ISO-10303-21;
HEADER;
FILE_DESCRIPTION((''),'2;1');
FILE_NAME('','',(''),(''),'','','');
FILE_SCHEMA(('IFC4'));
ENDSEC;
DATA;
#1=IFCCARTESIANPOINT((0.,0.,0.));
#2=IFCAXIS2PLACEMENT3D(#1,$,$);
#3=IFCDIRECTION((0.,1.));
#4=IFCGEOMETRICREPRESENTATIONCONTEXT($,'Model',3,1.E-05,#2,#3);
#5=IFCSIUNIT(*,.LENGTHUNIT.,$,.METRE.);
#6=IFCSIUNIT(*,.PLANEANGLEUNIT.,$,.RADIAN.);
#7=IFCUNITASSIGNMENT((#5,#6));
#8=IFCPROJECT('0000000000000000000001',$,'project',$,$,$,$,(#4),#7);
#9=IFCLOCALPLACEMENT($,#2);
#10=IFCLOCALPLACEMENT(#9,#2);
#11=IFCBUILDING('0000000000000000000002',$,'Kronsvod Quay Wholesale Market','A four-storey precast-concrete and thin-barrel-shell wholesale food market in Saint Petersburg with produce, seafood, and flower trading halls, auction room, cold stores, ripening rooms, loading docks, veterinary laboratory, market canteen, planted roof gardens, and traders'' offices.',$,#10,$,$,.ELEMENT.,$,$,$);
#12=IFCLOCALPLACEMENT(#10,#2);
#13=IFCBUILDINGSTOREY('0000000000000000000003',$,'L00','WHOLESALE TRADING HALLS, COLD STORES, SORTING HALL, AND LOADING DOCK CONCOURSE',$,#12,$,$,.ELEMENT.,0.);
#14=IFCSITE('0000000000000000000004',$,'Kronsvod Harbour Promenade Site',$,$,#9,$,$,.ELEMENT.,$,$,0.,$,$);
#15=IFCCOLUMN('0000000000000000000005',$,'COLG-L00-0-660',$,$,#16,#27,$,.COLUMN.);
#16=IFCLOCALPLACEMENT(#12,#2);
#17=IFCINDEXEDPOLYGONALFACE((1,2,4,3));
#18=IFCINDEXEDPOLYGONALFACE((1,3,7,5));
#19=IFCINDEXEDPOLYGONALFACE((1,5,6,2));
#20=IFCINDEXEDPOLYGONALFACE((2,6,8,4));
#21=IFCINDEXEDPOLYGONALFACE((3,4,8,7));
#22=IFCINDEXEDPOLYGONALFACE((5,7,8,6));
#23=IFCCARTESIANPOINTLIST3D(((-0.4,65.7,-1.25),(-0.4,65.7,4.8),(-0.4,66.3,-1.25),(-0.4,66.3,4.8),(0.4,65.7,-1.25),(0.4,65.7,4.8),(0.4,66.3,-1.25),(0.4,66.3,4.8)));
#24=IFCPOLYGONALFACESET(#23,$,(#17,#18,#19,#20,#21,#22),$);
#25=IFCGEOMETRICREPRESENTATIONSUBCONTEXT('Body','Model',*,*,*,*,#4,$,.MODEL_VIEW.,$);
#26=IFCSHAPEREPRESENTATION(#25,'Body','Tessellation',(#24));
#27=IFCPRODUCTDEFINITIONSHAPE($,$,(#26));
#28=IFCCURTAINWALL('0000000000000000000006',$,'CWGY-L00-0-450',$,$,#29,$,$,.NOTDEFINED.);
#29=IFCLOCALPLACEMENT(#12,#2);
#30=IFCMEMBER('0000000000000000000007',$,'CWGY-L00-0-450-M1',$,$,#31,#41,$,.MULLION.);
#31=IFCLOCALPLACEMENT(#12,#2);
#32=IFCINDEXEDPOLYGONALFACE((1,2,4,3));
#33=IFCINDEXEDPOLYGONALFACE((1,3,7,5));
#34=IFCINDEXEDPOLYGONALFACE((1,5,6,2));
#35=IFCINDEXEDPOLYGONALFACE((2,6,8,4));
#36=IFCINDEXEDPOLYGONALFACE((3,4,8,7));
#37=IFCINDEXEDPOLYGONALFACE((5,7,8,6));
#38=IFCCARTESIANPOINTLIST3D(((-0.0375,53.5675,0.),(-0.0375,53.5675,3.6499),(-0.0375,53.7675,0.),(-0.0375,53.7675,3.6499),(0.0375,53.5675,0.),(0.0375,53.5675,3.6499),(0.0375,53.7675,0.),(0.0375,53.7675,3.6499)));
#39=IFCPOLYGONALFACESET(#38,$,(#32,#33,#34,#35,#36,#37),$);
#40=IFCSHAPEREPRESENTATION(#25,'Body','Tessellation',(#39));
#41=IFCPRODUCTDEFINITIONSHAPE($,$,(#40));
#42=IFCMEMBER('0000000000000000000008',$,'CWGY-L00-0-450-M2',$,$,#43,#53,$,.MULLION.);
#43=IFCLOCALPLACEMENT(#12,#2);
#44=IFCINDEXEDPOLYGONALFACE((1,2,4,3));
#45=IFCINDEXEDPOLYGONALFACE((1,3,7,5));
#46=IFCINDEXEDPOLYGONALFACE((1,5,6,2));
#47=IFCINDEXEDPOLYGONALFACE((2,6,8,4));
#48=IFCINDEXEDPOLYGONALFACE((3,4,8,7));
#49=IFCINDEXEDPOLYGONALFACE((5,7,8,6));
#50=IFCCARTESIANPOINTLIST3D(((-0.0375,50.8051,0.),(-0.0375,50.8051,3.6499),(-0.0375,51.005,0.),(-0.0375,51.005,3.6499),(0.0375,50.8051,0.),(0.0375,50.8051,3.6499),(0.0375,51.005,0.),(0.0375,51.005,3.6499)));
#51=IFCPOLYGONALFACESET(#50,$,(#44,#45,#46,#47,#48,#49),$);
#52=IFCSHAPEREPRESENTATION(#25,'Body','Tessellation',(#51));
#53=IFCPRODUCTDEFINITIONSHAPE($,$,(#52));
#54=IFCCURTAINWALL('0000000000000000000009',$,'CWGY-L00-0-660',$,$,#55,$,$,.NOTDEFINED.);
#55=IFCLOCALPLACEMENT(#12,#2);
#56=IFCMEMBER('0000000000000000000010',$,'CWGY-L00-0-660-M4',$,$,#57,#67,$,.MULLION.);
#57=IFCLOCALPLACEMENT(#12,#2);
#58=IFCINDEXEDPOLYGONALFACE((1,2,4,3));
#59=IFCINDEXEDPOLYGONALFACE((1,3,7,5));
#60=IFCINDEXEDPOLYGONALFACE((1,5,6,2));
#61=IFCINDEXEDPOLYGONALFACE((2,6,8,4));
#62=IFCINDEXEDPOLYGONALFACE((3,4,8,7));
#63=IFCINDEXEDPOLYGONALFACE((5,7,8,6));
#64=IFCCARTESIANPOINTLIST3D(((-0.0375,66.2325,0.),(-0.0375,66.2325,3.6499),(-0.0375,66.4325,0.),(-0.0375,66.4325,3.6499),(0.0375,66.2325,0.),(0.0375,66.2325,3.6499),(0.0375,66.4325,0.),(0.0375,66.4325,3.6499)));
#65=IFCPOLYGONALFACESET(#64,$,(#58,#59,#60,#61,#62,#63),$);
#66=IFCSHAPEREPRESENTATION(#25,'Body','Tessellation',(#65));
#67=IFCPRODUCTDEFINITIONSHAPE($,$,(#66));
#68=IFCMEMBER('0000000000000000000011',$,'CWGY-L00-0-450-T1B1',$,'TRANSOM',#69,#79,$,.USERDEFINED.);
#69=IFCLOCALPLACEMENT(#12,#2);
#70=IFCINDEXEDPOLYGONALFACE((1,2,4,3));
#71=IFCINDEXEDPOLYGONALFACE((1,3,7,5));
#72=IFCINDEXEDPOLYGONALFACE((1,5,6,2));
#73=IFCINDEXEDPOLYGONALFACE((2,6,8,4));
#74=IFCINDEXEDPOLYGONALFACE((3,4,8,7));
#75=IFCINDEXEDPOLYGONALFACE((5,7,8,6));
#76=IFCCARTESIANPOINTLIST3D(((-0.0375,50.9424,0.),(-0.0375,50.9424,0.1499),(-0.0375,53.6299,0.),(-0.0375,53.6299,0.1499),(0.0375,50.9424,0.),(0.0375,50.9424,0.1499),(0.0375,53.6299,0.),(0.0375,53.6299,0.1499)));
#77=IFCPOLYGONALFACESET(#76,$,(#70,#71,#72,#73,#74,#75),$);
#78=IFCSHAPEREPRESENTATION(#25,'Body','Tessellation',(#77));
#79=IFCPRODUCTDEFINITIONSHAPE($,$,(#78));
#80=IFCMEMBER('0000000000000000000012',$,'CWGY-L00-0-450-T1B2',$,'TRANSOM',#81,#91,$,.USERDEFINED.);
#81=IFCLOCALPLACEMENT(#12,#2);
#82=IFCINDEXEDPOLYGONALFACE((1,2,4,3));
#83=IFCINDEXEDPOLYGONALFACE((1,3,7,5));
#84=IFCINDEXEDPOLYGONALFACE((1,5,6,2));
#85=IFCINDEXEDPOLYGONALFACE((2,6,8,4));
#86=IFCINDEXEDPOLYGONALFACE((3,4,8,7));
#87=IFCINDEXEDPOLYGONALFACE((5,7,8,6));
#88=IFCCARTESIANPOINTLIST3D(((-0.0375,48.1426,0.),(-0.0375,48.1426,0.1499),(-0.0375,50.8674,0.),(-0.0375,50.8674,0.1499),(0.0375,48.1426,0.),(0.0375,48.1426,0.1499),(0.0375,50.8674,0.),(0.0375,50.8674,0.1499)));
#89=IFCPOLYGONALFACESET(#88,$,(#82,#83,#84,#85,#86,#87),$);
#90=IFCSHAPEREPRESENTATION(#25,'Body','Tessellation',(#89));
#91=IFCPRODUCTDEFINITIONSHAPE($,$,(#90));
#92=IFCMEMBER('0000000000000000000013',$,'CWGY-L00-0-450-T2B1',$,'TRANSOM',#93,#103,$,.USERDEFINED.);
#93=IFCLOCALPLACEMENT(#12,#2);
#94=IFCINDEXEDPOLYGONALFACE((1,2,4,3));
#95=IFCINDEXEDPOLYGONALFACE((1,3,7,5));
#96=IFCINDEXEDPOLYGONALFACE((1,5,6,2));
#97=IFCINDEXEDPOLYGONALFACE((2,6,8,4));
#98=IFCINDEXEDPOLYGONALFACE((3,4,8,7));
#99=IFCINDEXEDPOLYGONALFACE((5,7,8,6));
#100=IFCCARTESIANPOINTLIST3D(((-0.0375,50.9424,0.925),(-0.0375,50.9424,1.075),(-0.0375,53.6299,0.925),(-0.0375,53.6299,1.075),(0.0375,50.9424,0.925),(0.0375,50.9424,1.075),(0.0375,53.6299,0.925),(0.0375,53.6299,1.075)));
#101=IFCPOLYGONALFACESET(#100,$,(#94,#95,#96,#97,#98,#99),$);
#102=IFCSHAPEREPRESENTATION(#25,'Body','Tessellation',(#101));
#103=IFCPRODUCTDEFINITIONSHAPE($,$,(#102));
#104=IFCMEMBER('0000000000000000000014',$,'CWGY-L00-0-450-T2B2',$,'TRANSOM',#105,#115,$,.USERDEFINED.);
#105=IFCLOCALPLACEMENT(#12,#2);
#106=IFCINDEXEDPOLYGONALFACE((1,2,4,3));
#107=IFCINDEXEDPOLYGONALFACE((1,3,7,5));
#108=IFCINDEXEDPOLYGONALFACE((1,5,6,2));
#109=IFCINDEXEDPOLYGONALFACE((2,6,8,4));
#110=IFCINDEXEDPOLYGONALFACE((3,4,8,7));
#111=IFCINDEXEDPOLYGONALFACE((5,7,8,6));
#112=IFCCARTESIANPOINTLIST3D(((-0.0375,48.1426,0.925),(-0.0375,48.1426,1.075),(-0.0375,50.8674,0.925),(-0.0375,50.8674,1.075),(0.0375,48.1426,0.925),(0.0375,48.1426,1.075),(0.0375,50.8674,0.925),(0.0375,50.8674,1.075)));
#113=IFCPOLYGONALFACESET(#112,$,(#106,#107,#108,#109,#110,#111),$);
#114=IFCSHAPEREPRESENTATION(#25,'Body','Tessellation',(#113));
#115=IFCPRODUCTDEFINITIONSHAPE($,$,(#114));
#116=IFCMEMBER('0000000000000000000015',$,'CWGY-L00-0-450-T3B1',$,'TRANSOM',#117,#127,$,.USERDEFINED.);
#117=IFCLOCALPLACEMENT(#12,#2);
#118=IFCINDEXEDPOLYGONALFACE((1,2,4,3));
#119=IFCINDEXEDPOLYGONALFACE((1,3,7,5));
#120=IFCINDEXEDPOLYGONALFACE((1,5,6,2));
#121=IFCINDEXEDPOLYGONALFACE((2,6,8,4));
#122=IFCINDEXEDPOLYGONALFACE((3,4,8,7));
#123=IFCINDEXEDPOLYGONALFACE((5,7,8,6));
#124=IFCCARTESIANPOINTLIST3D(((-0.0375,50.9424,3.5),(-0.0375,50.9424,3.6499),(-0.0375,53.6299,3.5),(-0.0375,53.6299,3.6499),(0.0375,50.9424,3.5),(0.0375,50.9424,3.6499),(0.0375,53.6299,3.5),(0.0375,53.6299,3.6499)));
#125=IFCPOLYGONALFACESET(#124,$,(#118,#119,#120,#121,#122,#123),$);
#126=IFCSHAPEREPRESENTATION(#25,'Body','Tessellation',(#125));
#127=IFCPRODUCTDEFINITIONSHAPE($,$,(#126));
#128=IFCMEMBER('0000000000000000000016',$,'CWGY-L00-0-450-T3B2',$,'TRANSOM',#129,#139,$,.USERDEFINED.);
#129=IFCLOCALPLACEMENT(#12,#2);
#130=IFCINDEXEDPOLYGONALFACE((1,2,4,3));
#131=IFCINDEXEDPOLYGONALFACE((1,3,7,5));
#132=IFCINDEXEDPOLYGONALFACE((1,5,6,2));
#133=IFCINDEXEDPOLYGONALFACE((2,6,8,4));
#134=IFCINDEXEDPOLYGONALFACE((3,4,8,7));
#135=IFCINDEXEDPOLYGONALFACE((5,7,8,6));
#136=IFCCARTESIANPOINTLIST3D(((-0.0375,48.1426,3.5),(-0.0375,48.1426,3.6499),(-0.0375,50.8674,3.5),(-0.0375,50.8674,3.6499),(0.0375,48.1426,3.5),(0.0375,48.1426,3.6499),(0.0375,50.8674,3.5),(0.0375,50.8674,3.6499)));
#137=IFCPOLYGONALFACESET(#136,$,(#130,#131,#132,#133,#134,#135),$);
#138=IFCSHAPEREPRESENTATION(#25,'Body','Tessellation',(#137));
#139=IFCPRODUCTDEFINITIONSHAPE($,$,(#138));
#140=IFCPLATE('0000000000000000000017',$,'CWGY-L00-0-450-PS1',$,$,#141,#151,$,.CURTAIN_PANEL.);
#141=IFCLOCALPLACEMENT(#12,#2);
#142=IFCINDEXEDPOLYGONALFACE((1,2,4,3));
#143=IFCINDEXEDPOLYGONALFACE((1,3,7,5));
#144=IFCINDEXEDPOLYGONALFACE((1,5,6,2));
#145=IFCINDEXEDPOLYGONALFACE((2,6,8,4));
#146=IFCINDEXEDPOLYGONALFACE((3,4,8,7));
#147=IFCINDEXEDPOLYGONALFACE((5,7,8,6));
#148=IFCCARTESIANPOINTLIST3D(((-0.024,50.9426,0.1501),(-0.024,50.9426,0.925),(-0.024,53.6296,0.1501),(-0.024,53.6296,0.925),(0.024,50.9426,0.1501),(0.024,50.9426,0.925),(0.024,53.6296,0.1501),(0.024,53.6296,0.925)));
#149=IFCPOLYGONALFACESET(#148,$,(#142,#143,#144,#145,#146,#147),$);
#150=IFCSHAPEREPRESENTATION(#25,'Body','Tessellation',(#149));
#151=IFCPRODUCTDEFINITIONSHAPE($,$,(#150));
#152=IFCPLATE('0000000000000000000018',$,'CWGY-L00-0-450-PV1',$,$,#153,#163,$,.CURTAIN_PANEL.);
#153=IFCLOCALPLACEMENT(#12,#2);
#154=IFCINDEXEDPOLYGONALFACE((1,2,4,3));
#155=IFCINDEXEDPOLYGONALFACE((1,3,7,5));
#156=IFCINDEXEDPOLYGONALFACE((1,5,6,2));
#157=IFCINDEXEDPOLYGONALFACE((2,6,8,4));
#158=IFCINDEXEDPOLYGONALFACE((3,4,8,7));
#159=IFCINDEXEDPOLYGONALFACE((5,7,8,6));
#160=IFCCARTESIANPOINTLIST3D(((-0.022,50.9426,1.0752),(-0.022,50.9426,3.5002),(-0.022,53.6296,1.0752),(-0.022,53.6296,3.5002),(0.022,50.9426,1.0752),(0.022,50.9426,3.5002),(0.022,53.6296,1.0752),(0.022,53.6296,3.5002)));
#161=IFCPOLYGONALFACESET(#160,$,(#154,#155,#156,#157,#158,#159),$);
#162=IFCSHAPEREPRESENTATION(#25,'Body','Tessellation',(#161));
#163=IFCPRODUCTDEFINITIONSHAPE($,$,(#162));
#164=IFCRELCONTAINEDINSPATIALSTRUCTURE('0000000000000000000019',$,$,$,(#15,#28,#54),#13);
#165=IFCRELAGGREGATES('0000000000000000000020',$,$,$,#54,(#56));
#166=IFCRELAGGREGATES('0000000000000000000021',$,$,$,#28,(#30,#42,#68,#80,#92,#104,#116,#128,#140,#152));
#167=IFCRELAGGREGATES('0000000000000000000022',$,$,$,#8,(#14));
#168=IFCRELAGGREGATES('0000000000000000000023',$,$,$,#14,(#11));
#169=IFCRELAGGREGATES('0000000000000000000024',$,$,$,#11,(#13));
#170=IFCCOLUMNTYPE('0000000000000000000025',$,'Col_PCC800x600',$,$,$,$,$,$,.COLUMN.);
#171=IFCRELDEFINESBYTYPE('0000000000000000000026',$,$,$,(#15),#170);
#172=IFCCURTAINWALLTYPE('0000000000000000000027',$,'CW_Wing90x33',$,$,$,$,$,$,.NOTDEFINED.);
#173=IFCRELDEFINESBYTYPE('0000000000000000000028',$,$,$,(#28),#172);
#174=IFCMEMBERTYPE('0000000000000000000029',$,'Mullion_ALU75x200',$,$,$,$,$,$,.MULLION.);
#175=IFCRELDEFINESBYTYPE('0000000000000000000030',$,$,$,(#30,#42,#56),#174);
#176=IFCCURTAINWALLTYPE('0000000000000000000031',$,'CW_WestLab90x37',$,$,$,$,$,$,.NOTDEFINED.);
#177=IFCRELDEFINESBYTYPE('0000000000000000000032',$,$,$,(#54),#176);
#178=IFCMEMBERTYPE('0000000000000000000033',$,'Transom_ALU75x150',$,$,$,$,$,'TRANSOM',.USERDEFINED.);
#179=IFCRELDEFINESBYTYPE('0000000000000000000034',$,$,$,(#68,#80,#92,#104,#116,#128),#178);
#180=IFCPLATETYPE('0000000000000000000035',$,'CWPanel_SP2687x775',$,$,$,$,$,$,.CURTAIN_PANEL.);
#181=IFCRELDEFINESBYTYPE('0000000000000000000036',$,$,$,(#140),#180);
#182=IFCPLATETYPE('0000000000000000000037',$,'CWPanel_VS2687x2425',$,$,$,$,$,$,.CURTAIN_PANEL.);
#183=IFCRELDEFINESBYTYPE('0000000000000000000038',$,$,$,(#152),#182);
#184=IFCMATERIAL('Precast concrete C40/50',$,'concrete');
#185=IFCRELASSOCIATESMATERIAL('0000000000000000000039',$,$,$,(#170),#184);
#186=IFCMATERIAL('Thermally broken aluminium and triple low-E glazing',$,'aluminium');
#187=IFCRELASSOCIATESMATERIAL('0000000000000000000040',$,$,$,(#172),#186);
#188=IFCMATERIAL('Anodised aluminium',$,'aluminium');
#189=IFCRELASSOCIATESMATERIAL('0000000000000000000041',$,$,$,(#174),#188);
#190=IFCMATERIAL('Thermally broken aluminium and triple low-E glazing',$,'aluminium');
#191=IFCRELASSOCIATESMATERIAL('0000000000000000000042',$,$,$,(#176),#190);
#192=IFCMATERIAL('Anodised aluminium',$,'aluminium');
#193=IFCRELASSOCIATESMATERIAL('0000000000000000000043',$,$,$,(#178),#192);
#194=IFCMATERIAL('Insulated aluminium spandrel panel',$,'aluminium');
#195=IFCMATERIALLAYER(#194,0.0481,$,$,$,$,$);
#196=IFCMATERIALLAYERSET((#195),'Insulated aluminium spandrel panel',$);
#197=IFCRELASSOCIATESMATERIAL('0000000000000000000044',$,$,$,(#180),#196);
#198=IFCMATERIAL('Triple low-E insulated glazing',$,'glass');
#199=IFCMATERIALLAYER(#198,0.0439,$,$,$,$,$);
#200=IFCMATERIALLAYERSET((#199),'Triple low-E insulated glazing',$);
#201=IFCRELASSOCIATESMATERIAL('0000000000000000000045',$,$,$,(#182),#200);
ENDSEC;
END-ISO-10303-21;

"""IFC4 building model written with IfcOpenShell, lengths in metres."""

from ifc_helpers import new_model, si_unit, direction, frame, origin, origin_2d, place, context, subcontext, project, spatial, rectangle, extrude, material, layer, layer_set, material_profile, profile_set, type_object, element, aggregate, save


model = new_model("IFC4")

# Units and contexts
model_context = context("Model", 3, precision=1e-05, world=origin(), true_north=direction((0.0, 1.0)))
body_context = subcontext(model_context, "Body", "Model", "MODEL_VIEW")
ifc_project = project(units=[si_unit("LENGTHUNIT", "METRE"), si_unit("PLANEANGLEUNIT", "RADIAN")], contexts=[model_context])

# Site, building, storey
site_placement = place(None, origin())
site = spatial("IfcSite", under=ifc_project, at=site_placement, Name="Kronsvod Harbour Promenade Site", CompositionType="ELEMENT", RefElevation=0.0)
building_placement = place(site_placement, origin())
building = spatial("IfcBuilding", under=site, at=building_placement, Name="Kronsvod Quay Wholesale Market", Description="A four-storey precast-concrete and thin-barrel-shell wholesale food market in Saint Petersburg with produce, seafood, and flower trading halls, auction room, cold stores, ripening rooms, loading docks, veterinary laboratory, market canteen, planted roof gardens, and traders' offices.", CompositionType="ELEMENT")
storey_placement = place(building_placement, origin())
storey = spatial("IfcBuildingStorey", under=building, at=storey_placement, Name="L00", Description="WHOLESALE TRADING HALLS, COLD STORES, SORTING HALL, AND LOADING DOCK CONCOURSE", CompositionType="ELEMENT", Elevation=0.0)

# Column
ifc_material_1 = material(Name="Precast concrete C40/50", Category="concrete")
ifc_material_profile_1 = material_profile(ifc_material_1, rectangle(XDim=0.8, YDim=0.6001, at=origin_2d()), Name="PCC800x600")
ifc_profile_set_1 = profile_set([ifc_material_profile_1], Name="Precast concrete C40/50")
column_type = type_object("IfcColumnType", Name="Col_PCC800x600", PredefinedType="COLUMN", material=ifc_profile_set_1)
for number, where, z_axis, x_axis, name in (
    (1, (0.0, 66.0, -1.25), (0.0, 0.0, 1.0), (1.0, 0.0, 0.0), "COLG-L00-0-660"),
):
    element("IfcColumn", number, at=place(storey_placement, frame(where, z_axis=z_axis, x_axis=x_axis)), inside=storey, type_object=column_type, Name=name, PredefinedType="COLUMN", context=body_context, shape_type="SweptSolid", body=[
        extrude(rectangle(XDim=0.8, YDim=0.6001, at=origin_2d()), origin(), (0.0, 0.0, 1.0), 6.05),
    ])

# Curtain wall, members
ifc_material_2 = material(Name="Thermally broken aluminium and triple low-E glazing", Category="aluminium")
curtain_wall_type_1 = type_object("IfcCurtainWallType", Name="CW_Wing90x33", PredefinedType="NOTDEFINED", material=ifc_material_2)
curtain_wall_1_placement = place(storey_placement, origin())
curtain_wall_1 = element("IfcCurtainWall", 2, at=curtain_wall_1_placement, inside=storey, type_object=curtain_wall_type_1, Name="CWGY-L00-0-450", PredefinedType="NOTDEFINED")
ifc_material_3 = material(Name="Anodised aluminium", Category="aluminium")
ifc_material_profile_2 = material_profile(ifc_material_3, rectangle(XDim=0.075, YDim=0.2, at=origin_2d()), Name="ALUM75x200")
ifc_profile_set_2 = profile_set([ifc_material_profile_2], Name="Anodised aluminium")
member_type_1 = type_object("IfcMemberType", Name="Mullion_ALU75x200", PredefinedType="MULLION", material=ifc_profile_set_2)
member_1_placement = place(storey_placement, frame((0.0, 53.6675, 0.0), z_axis=(0.0, 0.0, 1.0), x_axis=(1.0, 0.0, 0.0)))
member_1 = element("IfcMember", 3, at=member_1_placement, type_object=member_type_1, Name="CWGY-L00-0-450-M1", PredefinedType="MULLION", context=body_context, shape_type="SweptSolid", body=[
    extrude(rectangle(XDim=0.075, YDim=0.2, at=origin_2d()), origin(), (0.0, 0.0, 1.0), 3.6499),
])
member_2_placement = place(storey_placement, frame((0.0, 50.905, 0.0), z_axis=(0.0, 0.0, 1.0), x_axis=(1.0, 0.0, 0.0)))
member_2 = element("IfcMember", 4, at=member_2_placement, type_object=member_type_1, Name="CWGY-L00-0-450-M2", PredefinedType="MULLION", context=body_context, shape_type="SweptSolid", body=[
    extrude(rectangle(XDim=0.075, YDim=0.2, at=origin_2d()), origin(), (0.0, 0.0, 1.0), 3.6499),
])

# Curtain wall, member
ifc_material_4 = material(Name="Thermally broken aluminium and triple low-E glazing", Category="aluminium")
curtain_wall_type_2 = type_object("IfcCurtainWallType", Name="CW_WestLab90x37", PredefinedType="NOTDEFINED", material=ifc_material_4)
curtain_wall_2_placement = place(storey_placement, origin())
curtain_wall_2 = element("IfcCurtainWall", 5, at=curtain_wall_2_placement, inside=storey, type_object=curtain_wall_type_2, Name="CWGY-L00-0-660", PredefinedType="NOTDEFINED")
member_3_placement = place(storey_placement, frame((0.0, 66.3325, 0.0), z_axis=(0.0, 0.0, 1.0), x_axis=(1.0, 0.0, 0.0)))
member_3 = element("IfcMember", 6, at=member_3_placement, type_object=member_type_1, Name="CWGY-L00-0-660-M4", PredefinedType="MULLION", context=body_context, shape_type="SweptSolid", body=[
    extrude(rectangle(XDim=0.075, YDim=0.2, at=origin_2d()), origin(), (0.0, 0.0, 1.0), 3.6499),
])
aggregate(curtain_wall_2, [member_3])

# Members
ifc_material_5 = material(Name="Anodised aluminium", Category="aluminium")
ifc_material_profile_3 = material_profile(ifc_material_5, rectangle(XDim=0.075, YDim=0.1499, at=origin_2d()), Name="ALUT75x150")
ifc_profile_set_3 = profile_set([ifc_material_profile_3], Name="Anodised aluminium")
member_type_2 = type_object("IfcMemberType", Name="Transom_ALU75x150", ElementType="TRANSOM", PredefinedType="USERDEFINED", material=ifc_profile_set_3)
member_4_placement = place(storey_placement, frame((0.0, 53.6299, 0.075), z_axis=(0.0, -1.0, 0.0), x_axis=(1.0, 0.0, 0.0)))
member_4 = element("IfcMember", 7, at=member_4_placement, type_object=member_type_2, Name="CWGY-L00-0-450-T1B1", ObjectType="TRANSOM", PredefinedType="USERDEFINED", context=body_context, shape_type="SweptSolid", body=[
    extrude(rectangle(XDim=0.075, YDim=0.1499, at=origin_2d()), origin(), (0.0, 0.0, 1.0), 2.6875),
])
member_5_placement = place(storey_placement, frame((0.0, 50.8674, 0.075), z_axis=(0.0, -1.0, 0.0), x_axis=(1.0, 0.0, 0.0)))
member_5 = element("IfcMember", 8, at=member_5_placement, type_object=member_type_2, Name="CWGY-L00-0-450-T1B2", ObjectType="TRANSOM", PredefinedType="USERDEFINED", context=body_context, shape_type="SweptSolid", body=[
    extrude(rectangle(XDim=0.075, YDim=0.1499, at=origin_2d()), origin(), (0.0, 0.0, 1.0), 2.7249),
])
member_6_placement = place(storey_placement, frame((0.0, 53.6299, 1.0), z_axis=(0.0, -1.0, 0.0), x_axis=(1.0, 0.0, 0.0)))
member_6 = element("IfcMember", 9, at=member_6_placement, type_object=member_type_2, Name="CWGY-L00-0-450-T2B1", ObjectType="TRANSOM", PredefinedType="USERDEFINED", context=body_context, shape_type="SweptSolid", body=[
    extrude(rectangle(XDim=0.075, YDim=0.1499, at=origin_2d()), origin(), (0.0, 0.0, 1.0), 2.6875),
])
member_7_placement = place(storey_placement, frame((0.0, 50.8674, 1.0), z_axis=(0.0, -1.0, 0.0), x_axis=(1.0, 0.0, 0.0)))
member_7 = element("IfcMember", 10, at=member_7_placement, type_object=member_type_2, Name="CWGY-L00-0-450-T2B2", ObjectType="TRANSOM", PredefinedType="USERDEFINED", context=body_context, shape_type="SweptSolid", body=[
    extrude(rectangle(XDim=0.075, YDim=0.1499, at=origin_2d()), origin(), (0.0, 0.0, 1.0), 2.7249),
])
member_8_placement = place(storey_placement, frame((0.0, 53.6299, 3.575), z_axis=(0.0, -1.0, 0.0), x_axis=(1.0, 0.0, 0.0)))
member_8 = element("IfcMember", 11, at=member_8_placement, type_object=member_type_2, Name="CWGY-L00-0-450-T3B1", ObjectType="TRANSOM", PredefinedType="USERDEFINED", context=body_context, shape_type="SweptSolid", body=[
    extrude(rectangle(XDim=0.075, YDim=0.1499, at=origin_2d()), origin(), (0.0, 0.0, 1.0), 2.6875),
])
member_9_placement = place(storey_placement, frame((0.0, 50.8674, 3.575), z_axis=(0.0, -1.0, 0.0), x_axis=(1.0, 0.0, 0.0)))
member_9 = element("IfcMember", 12, at=member_9_placement, type_object=member_type_2, Name="CWGY-L00-0-450-T3B2", ObjectType="TRANSOM", PredefinedType="USERDEFINED", context=body_context, shape_type="SweptSolid", body=[
    extrude(rectangle(XDim=0.075, YDim=0.1499, at=origin_2d()), origin(), (0.0, 0.0, 1.0), 2.7249),
])

# Plates
ifc_material_6 = material(Name="Insulated aluminium spandrel panel", Category="aluminium")
ifc_layer_1 = layer(ifc_material_6, 0.0481)
ifc_layer_set_1 = layer_set([ifc_layer_1], Name="Insulated aluminium spandrel panel")
plate_type_1 = type_object("IfcPlateType", Name="CWPanel_SP2687x775", PredefinedType="CURTAIN_PANEL", material=ifc_layer_set_1)
plate_1_placement = place(storey_placement, frame((0.0, 52.2861, 0.1501), z_axis=(0.0, 0.0, 1.0), x_axis=(0.0, -1.0, 0.0)))
plate_1 = element("IfcPlate", 13, at=plate_1_placement, type_object=plate_type_1, Name="CWGY-L00-0-450-PS1", PredefinedType="CURTAIN_PANEL", context=body_context, shape_type="SweptSolid", body=[
    extrude(rectangle(XDim=2.687, YDim=0.0481, at=origin_2d()), origin(), (0.0, 0.0, 1.0), 0.7749),
])
ifc_material_7 = material(Name="Triple low-E insulated glazing", Category="glass")
ifc_layer_2 = layer(ifc_material_7, 0.0439)
ifc_layer_set_2 = layer_set([ifc_layer_2], Name="Triple low-E insulated glazing")
plate_type_2 = type_object("IfcPlateType", Name="CWPanel_VS2687x2425", PredefinedType="CURTAIN_PANEL", material=ifc_layer_set_2)
plate_2_placement = place(storey_placement, frame((0.0, 52.2861, 1.0752), z_axis=(0.0, 0.0, 1.0), x_axis=(0.0, -1.0, 0.0)))
plate_2 = element("IfcPlate", 14, at=plate_2_placement, type_object=plate_type_2, Name="CWGY-L00-0-450-PV1", PredefinedType="CURTAIN_PANEL", context=body_context, shape_type="SweptSolid", body=[
    extrude(rectangle(XDim=2.687, YDim=0.0439, at=origin_2d()), origin(), (0.0, 0.0, 1.0), 2.425),
])
aggregate(curtain_wall_1, [member_1, member_2, member_4, member_5, member_6, member_7, member_8, member_9, plate_1, plate_2])

save(model, "model.ifc")
